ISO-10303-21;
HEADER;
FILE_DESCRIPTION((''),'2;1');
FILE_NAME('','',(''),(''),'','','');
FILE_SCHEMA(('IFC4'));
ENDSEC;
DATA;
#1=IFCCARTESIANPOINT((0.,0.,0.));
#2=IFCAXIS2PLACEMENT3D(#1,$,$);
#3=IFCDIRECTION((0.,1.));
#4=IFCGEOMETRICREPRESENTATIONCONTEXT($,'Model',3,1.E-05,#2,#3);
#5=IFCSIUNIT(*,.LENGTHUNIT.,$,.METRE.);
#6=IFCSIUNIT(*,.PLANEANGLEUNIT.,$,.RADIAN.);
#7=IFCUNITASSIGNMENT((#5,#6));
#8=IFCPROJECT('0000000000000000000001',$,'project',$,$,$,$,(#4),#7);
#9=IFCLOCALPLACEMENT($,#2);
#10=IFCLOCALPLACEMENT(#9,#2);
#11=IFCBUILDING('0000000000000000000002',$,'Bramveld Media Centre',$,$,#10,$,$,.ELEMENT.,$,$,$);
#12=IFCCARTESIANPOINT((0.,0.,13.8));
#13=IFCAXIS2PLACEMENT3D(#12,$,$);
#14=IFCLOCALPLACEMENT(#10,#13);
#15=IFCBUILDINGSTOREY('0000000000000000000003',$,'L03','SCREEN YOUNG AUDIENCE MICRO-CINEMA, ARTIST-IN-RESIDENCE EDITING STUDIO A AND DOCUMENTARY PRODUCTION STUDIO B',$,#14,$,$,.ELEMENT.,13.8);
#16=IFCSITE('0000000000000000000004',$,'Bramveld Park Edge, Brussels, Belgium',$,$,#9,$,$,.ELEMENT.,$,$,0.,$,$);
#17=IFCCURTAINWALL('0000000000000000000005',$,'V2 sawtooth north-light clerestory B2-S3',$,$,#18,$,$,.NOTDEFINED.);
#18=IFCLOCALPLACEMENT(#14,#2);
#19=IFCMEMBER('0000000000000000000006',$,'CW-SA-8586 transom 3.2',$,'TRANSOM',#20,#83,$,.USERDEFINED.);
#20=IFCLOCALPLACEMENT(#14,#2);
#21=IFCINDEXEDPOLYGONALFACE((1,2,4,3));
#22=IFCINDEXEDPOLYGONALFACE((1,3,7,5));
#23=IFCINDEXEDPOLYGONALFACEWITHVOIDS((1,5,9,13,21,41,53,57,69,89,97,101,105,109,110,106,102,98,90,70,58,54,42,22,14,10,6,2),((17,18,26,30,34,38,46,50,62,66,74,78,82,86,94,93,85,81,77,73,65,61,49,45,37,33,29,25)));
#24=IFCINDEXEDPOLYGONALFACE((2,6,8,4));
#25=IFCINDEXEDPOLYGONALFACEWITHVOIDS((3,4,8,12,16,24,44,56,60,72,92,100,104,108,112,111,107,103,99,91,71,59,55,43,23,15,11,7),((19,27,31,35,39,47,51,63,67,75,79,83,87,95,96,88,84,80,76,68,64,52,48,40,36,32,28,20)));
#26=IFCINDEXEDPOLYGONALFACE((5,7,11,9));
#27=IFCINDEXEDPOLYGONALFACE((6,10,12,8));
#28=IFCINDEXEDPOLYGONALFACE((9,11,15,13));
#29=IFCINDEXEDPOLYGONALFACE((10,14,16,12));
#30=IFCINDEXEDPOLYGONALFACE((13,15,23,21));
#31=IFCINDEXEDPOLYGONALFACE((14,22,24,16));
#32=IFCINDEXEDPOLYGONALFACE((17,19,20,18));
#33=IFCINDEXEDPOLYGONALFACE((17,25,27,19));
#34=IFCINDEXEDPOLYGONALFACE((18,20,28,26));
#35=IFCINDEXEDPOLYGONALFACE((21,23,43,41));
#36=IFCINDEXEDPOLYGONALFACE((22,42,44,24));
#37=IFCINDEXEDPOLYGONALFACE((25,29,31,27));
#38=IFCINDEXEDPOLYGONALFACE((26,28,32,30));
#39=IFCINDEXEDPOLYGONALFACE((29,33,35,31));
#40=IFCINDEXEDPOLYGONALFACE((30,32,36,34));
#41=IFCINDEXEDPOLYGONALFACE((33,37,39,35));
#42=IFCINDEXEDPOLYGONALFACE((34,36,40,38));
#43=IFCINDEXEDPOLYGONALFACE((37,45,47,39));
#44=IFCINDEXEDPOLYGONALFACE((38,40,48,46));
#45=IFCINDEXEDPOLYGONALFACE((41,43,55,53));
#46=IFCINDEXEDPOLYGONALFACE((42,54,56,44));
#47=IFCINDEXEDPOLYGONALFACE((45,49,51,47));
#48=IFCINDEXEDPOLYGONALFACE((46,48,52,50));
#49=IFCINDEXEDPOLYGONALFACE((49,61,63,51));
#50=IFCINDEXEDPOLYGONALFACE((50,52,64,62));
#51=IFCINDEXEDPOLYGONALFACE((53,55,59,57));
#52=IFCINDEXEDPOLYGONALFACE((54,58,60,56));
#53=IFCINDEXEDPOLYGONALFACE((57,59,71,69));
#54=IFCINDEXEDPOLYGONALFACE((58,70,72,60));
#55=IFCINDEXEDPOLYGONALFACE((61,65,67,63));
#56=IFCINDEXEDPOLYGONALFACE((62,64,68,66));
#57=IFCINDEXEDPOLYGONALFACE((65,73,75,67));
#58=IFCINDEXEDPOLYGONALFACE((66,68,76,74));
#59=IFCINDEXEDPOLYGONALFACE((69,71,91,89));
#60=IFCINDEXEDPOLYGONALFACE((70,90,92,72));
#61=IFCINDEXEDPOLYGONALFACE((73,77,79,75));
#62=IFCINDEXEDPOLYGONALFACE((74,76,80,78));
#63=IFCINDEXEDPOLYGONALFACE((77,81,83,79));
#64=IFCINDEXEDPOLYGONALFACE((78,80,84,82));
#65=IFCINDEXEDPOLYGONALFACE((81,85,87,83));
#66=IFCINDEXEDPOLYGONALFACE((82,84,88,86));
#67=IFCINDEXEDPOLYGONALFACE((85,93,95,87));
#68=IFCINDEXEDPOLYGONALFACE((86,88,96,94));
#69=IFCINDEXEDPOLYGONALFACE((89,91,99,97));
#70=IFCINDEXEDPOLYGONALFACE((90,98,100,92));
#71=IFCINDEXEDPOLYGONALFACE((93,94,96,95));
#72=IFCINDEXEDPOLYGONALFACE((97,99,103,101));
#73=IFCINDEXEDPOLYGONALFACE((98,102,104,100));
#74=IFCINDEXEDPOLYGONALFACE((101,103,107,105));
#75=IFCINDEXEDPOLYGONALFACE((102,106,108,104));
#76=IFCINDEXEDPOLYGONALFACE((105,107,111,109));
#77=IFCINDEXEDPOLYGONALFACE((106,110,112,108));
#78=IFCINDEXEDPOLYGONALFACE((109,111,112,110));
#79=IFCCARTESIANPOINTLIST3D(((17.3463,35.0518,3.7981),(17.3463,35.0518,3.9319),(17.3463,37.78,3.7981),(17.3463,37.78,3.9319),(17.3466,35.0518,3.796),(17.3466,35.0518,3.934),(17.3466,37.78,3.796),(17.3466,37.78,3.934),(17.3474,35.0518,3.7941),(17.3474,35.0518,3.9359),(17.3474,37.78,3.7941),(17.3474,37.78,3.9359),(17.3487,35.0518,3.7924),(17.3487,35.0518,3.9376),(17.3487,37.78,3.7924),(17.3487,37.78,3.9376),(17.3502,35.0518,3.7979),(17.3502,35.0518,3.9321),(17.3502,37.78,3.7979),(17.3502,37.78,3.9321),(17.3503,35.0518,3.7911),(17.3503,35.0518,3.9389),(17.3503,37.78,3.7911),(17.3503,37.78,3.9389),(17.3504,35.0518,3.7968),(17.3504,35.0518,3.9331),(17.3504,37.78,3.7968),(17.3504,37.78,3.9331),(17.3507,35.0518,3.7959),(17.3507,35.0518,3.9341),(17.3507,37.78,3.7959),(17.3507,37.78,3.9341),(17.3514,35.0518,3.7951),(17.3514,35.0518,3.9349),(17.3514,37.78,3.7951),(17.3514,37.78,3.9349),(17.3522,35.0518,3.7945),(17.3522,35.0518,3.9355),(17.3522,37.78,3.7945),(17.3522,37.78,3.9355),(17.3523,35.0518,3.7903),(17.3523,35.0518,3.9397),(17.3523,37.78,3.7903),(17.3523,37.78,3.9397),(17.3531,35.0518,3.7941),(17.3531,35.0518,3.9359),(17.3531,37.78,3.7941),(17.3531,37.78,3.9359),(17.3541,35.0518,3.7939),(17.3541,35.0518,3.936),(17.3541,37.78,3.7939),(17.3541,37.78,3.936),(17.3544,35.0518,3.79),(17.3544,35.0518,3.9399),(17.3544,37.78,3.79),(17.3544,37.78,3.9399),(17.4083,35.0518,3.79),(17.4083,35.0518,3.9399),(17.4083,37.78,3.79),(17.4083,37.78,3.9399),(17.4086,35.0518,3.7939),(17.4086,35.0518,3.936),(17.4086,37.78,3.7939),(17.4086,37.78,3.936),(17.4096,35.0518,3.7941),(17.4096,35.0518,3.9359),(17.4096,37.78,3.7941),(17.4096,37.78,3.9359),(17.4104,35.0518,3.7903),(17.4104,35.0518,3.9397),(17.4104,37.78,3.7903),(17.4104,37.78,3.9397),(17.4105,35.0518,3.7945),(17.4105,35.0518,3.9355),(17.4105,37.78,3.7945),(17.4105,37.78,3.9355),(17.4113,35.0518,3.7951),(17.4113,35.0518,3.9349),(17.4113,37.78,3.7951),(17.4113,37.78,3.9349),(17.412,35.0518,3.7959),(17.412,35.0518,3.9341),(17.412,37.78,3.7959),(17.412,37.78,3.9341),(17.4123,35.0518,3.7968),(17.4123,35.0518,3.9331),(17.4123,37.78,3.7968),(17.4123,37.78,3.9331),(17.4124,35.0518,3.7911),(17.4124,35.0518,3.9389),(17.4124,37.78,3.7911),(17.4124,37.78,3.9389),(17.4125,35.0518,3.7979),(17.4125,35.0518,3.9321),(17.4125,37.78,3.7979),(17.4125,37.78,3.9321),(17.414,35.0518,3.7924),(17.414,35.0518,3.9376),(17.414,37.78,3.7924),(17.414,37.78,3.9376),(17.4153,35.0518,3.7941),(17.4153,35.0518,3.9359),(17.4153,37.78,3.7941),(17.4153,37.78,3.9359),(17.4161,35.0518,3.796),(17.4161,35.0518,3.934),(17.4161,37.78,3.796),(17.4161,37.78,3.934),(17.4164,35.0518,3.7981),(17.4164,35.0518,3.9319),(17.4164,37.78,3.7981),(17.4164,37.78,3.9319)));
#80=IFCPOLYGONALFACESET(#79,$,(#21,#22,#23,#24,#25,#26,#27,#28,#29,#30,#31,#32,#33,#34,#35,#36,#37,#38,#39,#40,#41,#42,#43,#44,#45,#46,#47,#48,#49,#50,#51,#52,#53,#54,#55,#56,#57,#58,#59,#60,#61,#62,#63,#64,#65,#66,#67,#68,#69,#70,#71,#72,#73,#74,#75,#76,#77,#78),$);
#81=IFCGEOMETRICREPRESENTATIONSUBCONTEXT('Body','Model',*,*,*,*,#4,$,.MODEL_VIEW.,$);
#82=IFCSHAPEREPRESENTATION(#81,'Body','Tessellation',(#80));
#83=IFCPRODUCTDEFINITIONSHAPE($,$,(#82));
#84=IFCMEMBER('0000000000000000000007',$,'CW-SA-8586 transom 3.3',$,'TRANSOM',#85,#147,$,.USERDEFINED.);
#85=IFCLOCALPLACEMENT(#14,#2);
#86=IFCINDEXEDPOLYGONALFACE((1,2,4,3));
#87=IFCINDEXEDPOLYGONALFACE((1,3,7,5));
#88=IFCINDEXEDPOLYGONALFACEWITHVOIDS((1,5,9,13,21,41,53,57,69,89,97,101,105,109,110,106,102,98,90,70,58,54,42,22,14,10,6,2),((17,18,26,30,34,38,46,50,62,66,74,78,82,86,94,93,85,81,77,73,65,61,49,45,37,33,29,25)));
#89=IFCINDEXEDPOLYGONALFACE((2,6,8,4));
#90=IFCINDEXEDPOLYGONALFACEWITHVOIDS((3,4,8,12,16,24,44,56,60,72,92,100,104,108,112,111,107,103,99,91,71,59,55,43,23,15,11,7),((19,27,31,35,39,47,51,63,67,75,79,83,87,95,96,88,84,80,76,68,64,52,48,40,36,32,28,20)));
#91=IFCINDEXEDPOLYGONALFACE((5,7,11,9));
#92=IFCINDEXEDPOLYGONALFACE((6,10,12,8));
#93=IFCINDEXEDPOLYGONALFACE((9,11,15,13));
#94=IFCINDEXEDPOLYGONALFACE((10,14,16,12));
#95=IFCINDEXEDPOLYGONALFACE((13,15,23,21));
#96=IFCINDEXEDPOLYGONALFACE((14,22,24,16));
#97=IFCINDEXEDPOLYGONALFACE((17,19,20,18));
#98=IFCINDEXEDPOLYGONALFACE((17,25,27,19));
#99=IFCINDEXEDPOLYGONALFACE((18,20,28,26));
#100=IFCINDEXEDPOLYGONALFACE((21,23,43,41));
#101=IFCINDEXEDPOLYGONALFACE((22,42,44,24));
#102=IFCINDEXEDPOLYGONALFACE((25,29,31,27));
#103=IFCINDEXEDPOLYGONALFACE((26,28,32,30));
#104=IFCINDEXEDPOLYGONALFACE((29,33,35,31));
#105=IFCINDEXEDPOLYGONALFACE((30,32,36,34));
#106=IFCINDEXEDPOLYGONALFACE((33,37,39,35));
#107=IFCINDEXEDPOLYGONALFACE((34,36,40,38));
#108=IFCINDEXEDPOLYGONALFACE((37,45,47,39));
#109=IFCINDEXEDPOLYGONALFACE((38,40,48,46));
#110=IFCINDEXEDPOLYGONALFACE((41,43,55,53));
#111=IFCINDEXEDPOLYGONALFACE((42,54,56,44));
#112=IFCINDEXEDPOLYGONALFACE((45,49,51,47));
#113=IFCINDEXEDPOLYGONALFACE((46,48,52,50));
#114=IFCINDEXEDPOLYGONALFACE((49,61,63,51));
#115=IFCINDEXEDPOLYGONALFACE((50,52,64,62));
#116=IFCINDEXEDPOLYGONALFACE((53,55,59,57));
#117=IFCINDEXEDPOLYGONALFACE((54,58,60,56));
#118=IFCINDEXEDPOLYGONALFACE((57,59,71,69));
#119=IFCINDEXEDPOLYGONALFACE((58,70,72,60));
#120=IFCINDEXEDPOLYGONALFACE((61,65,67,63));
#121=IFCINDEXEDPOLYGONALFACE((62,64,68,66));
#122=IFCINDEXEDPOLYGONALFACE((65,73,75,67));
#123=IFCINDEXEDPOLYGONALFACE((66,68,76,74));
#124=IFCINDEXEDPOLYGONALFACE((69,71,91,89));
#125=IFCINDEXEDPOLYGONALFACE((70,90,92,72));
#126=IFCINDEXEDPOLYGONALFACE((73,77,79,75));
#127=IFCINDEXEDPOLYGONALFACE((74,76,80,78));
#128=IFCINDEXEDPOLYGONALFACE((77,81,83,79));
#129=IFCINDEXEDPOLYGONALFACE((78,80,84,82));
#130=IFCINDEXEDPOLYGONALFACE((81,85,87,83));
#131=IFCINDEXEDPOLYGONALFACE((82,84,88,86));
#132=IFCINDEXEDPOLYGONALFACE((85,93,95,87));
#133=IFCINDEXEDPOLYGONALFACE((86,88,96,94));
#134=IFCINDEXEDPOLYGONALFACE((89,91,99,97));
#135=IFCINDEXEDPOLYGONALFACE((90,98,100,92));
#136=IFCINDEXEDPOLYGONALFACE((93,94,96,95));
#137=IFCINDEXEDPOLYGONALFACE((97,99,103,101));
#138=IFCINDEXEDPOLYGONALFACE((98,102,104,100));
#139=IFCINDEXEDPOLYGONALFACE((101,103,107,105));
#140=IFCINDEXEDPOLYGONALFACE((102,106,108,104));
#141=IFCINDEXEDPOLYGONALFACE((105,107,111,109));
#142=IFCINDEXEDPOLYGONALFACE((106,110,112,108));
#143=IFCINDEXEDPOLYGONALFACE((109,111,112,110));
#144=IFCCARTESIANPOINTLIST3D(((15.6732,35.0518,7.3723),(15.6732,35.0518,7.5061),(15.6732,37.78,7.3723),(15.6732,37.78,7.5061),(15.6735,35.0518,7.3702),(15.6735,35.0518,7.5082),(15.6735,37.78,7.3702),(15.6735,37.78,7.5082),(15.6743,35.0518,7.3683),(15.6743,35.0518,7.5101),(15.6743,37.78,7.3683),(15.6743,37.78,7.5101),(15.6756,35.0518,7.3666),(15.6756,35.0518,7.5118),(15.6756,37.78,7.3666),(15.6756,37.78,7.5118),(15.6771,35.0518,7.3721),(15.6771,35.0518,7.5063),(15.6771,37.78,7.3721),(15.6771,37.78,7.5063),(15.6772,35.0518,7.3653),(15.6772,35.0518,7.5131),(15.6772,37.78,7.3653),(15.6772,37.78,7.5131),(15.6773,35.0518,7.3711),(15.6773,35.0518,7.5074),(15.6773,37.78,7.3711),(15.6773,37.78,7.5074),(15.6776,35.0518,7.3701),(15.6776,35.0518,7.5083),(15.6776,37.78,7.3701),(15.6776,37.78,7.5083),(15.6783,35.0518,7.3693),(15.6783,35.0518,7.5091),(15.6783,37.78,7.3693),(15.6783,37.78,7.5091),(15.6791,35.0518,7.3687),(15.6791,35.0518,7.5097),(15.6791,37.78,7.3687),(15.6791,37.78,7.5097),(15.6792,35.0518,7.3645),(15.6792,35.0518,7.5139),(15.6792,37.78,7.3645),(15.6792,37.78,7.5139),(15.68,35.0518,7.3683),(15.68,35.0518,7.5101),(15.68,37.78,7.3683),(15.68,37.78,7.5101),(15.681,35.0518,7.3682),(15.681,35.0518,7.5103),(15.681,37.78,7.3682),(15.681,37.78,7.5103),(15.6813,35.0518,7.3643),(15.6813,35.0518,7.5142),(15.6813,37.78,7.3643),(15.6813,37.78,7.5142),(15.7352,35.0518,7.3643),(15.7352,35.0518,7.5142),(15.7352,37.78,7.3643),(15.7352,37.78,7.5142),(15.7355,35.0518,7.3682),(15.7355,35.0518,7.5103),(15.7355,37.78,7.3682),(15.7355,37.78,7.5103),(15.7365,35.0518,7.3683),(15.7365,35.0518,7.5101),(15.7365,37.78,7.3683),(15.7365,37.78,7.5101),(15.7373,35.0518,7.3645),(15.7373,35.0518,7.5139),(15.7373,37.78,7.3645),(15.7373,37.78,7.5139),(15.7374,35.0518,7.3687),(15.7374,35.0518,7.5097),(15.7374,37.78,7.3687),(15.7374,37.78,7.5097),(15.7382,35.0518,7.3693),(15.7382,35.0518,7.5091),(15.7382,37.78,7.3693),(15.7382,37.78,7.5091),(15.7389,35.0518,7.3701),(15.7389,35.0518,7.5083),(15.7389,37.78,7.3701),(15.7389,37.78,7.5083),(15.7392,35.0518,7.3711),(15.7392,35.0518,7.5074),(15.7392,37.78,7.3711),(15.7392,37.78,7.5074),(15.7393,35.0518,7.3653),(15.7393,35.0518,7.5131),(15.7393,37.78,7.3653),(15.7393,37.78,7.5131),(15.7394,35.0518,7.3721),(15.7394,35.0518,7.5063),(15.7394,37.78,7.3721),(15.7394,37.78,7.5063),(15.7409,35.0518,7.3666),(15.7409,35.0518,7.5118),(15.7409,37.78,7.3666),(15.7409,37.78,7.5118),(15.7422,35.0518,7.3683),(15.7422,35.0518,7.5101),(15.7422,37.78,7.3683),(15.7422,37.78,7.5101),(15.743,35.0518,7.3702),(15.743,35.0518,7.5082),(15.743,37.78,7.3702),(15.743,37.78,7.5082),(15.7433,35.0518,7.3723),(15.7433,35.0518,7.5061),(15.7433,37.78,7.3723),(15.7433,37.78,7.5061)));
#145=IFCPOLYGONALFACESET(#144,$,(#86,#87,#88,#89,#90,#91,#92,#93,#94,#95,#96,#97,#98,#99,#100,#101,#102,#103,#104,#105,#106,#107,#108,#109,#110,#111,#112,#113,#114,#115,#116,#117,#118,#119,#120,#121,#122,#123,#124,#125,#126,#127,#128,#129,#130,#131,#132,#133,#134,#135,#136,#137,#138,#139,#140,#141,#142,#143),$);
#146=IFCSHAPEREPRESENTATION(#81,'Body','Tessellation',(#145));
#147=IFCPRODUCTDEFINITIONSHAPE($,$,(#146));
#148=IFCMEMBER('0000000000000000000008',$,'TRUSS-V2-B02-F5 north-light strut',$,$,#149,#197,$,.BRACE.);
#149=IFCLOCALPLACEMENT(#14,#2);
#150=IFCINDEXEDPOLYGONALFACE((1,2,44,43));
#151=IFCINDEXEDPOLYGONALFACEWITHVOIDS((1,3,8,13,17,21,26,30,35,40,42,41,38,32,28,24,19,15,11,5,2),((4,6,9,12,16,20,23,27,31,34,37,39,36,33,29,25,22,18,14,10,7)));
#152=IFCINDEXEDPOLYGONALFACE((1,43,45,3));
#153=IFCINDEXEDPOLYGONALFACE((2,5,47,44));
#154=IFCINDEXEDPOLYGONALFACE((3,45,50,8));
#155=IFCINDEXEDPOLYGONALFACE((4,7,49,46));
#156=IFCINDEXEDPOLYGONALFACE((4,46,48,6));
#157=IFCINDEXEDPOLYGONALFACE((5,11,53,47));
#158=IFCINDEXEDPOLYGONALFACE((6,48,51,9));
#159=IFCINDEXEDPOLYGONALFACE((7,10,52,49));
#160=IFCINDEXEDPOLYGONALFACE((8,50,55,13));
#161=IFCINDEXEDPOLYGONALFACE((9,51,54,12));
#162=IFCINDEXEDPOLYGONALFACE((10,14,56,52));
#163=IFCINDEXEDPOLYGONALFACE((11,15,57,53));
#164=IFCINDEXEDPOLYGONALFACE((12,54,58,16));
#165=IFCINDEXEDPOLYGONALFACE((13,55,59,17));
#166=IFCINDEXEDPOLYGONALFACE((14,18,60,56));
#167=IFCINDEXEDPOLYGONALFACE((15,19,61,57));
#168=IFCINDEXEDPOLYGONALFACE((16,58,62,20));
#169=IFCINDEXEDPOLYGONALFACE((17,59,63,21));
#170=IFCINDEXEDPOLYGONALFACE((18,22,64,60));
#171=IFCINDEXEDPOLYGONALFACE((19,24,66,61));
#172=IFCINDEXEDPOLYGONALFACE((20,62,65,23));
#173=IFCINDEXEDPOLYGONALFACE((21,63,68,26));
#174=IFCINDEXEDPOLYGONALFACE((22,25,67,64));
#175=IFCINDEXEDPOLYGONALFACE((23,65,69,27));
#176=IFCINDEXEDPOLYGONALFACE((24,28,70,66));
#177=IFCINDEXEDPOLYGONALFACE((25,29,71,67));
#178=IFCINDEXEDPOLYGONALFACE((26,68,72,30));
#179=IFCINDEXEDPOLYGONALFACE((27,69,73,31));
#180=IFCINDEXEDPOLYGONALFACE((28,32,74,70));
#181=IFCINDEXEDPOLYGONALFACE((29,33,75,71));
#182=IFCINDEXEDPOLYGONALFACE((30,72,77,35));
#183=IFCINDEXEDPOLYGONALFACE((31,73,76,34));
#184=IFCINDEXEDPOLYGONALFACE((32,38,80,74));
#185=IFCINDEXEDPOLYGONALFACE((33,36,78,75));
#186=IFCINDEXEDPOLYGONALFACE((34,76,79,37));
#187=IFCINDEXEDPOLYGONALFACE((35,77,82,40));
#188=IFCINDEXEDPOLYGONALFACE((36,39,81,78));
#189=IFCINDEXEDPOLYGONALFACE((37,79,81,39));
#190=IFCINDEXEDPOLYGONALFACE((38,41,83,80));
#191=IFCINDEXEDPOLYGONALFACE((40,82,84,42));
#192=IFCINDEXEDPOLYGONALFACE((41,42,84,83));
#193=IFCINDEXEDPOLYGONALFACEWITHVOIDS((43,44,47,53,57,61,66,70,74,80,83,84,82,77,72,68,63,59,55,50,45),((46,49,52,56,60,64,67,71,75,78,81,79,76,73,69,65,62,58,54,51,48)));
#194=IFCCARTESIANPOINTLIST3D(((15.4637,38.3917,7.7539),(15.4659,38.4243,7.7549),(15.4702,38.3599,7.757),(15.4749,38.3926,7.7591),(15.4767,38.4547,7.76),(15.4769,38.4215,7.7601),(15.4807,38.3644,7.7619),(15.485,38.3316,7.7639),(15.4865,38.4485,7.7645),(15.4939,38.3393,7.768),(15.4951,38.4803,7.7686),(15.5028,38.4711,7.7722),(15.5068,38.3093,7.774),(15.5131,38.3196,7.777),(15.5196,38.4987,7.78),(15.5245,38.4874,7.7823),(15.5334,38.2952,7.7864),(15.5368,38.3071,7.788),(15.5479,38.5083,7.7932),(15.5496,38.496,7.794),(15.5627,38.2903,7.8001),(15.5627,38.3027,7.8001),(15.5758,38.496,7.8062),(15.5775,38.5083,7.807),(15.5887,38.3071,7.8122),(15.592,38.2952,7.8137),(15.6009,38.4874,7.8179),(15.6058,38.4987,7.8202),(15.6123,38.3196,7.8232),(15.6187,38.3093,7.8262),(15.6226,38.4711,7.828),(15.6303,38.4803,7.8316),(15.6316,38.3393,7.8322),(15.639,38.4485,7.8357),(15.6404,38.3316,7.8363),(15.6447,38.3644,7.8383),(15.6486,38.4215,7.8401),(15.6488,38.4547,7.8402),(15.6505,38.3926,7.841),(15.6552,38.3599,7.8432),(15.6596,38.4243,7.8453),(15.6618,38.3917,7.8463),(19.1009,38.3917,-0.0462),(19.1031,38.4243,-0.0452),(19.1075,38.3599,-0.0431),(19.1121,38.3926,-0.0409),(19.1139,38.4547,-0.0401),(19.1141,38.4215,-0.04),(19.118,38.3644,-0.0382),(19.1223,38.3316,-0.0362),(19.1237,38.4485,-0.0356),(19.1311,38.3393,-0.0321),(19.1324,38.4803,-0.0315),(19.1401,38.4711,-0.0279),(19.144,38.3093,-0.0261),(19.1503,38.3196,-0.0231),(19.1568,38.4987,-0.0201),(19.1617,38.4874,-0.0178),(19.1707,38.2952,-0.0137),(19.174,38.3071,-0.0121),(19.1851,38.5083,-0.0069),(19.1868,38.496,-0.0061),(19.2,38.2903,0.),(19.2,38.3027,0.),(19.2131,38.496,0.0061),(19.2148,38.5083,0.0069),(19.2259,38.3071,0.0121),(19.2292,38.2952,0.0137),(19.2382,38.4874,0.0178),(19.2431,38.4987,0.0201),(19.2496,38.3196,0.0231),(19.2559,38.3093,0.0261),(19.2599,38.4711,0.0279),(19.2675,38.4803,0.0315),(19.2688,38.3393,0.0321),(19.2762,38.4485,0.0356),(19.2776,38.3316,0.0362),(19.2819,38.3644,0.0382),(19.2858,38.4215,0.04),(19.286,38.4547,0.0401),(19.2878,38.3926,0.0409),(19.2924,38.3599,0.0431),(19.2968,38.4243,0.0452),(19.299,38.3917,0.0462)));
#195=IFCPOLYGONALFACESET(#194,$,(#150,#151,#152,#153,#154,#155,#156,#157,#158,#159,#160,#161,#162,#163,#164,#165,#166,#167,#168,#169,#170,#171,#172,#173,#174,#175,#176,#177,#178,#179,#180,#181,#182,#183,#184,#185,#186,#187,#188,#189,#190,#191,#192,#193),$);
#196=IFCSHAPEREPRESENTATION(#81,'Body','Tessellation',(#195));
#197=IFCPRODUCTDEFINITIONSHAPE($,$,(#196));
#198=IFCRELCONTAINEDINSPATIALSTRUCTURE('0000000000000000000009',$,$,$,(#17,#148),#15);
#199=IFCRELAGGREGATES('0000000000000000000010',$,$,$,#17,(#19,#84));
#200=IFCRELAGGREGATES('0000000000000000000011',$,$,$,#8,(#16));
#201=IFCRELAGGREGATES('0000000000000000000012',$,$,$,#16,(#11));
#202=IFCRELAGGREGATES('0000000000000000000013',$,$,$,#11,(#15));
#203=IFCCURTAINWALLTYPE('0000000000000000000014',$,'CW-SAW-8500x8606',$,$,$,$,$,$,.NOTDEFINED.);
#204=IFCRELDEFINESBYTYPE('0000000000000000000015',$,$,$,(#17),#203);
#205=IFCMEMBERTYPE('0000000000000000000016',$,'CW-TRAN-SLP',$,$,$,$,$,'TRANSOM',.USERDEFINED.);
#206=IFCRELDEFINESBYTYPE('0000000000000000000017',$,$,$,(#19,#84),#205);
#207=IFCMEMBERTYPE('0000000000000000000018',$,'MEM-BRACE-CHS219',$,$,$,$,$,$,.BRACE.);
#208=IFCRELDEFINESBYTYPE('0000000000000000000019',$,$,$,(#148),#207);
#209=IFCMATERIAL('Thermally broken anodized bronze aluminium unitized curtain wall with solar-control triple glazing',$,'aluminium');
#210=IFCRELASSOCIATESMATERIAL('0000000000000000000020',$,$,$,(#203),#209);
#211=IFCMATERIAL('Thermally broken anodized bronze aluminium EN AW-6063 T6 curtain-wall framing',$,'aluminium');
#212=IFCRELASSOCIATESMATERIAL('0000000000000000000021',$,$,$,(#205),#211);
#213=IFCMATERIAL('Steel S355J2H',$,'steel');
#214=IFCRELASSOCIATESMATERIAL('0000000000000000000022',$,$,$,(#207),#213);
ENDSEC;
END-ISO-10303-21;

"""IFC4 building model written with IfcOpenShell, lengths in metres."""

from ifc_helpers import new_model, si_unit, direction, frame, origin, origin_2d, place, context, subcontext, project, spatial, hollow_rectangle, hollow_circle, extrude, material, material_profile, profile_set, type_object, element, aggregate, save


model = new_model("IFC4")

# Units and contexts
model_context = context("Model", 3, precision=1e-05, world=origin(), true_north=direction((0.0, 1.0)))
body_context = subcontext(model_context, "Body", "Model", "MODEL_VIEW")
ifc_project = project(units=[si_unit("LENGTHUNIT", "METRE"), si_unit("PLANEANGLEUNIT", "RADIAN")], contexts=[model_context])

# Site, building, storey
site_placement = place(None, origin())
site = spatial("IfcSite", under=ifc_project, at=site_placement, Name="Bramveld Park Edge, Brussels, Belgium", CompositionType="ELEMENT", RefElevation=0.0)
building_placement = place(site_placement, origin())
building = spatial("IfcBuilding", under=site, at=building_placement, Name="Bramveld Media Centre", CompositionType="ELEMENT")
storey_placement = place(building_placement, frame((0.0, 0.0, 13.8)))
storey = spatial("IfcBuildingStorey", under=building, at=storey_placement, Name="L03", Description="SCREEN YOUNG AUDIENCE MICRO-CINEMA, ARTIST-IN-RESIDENCE EDITING STUDIO A AND DOCUMENTARY PRODUCTION STUDIO B", CompositionType="ELEMENT", Elevation=13.8)

# Curtain wall, members
ifc_material_1 = material(Name="Thermally broken anodized bronze aluminium unitized curtain wall with solar-control triple glazing", Category="aluminium")
curtain_wall_type = type_object("IfcCurtainWallType", Name="CW-SAW-8500x8606", PredefinedType="NOTDEFINED", material=ifc_material_1)
curtain_wall_placement = place(storey_placement, origin())
curtain_wall = element("IfcCurtainWall", 1, at=curtain_wall_placement, inside=storey, type_object=curtain_wall_type, Name="V2 sawtooth north-light clerestory B2-S3", PredefinedType="NOTDEFINED")
ifc_material_2 = material(Name="Thermally broken anodized bronze aluminium EN AW-6063 T6 curtain-wall framing", Category="aluminium")
ifc_material_profile_1 = material_profile(ifc_material_2, hollow_rectangle(XDim=0.0701, YDim=0.1499, WallThickness=0.0039, InnerFilletRadius=0.0039, OuterFilletRadius=0.0081, at=origin_2d()), Name="AL-TRAN 70x150")
ifc_profile_set_1 = profile_set([ifc_material_profile_1], Name="Thermally broken anodized bronze aluminium EN AW-6063 T6 curtain-wall framing")
member_type_1 = type_object("IfcMemberType", Name="CW-TRAN-SLP", ElementType="TRANSOM", PredefinedType="USERDEFINED", material=ifc_profile_set_1)
member_1_placement = place(storey_placement, frame((17.3813, 35.0518, 3.865), z_axis=(0.0, 1.0, 0.0), x_axis=(-1.0, 0.0, 0.0)))
member_1 = element("IfcMember", 2, at=member_1_placement, type_object=member_type_1, Name="CW-SA-8586 transom 3.2", ObjectType="TRANSOM", PredefinedType="USERDEFINED", context=body_context, shape_type="SweptSolid", body=[
    extrude(hollow_rectangle(XDim=0.0701, YDim=0.1499, WallThickness=0.0039, InnerFilletRadius=0.0039, OuterFilletRadius=0.0081, at=origin_2d()), origin(), (0.0, 0.0, 1.0), 2.7283),
])
member_2_placement = place(storey_placement, frame((15.7083, 35.0518, 7.4392), z_axis=(0.0, 1.0, 0.0), x_axis=(-1.0, 0.0, 0.0)))
member_2 = element("IfcMember", 3, at=member_2_placement, type_object=member_type_1, Name="CW-SA-8586 transom 3.3", ObjectType="TRANSOM", PredefinedType="USERDEFINED", context=body_context, shape_type="SweptSolid", body=[
    extrude(hollow_rectangle(XDim=0.0701, YDim=0.1499, WallThickness=0.0039, InnerFilletRadius=0.0039, OuterFilletRadius=0.0081, at=origin_2d()), origin(), (0.0, 0.0, 1.0), 2.7283),
])

# Member
ifc_material_3 = material(Name="Steel S355J2H", Category="steel")
ifc_material_profile_2 = material_profile(ifc_material_3, hollow_circle(Radius=0.1096, WallThickness=0.0125, at=origin_2d()), Name="CHS 219.1x12.5")
ifc_profile_set_2 = profile_set([ifc_material_profile_2], Name="Steel S355J2H")
member_type_2 = type_object("IfcMemberType", Name="MEM-BRACE-CHS219", PredefinedType="BRACE", material=ifc_profile_set_2)
member_3_placement = place(storey_placement, frame((19.2, 38.3999, 0.0), z_axis=(-0.422617, 0.0, 0.906308), x_axis=(0.0, -1.0, 0.0)))
element("IfcMember", 4, at=member_3_placement, inside=storey, type_object=member_type_2, Name="TRUSS-V2-B02-F5 north-light strut", PredefinedType="BRACE", context=body_context, shape_type="SweptSolid", body=[
    extrude(hollow_circle(Radius=0.1096, WallThickness=0.0125, at=origin_2d()), origin(), (0.0, 0.0, 1.0), 8.6064),
])

aggregate(curtain_wall, [member_1, member_2])

save(model, "model.ifc")
